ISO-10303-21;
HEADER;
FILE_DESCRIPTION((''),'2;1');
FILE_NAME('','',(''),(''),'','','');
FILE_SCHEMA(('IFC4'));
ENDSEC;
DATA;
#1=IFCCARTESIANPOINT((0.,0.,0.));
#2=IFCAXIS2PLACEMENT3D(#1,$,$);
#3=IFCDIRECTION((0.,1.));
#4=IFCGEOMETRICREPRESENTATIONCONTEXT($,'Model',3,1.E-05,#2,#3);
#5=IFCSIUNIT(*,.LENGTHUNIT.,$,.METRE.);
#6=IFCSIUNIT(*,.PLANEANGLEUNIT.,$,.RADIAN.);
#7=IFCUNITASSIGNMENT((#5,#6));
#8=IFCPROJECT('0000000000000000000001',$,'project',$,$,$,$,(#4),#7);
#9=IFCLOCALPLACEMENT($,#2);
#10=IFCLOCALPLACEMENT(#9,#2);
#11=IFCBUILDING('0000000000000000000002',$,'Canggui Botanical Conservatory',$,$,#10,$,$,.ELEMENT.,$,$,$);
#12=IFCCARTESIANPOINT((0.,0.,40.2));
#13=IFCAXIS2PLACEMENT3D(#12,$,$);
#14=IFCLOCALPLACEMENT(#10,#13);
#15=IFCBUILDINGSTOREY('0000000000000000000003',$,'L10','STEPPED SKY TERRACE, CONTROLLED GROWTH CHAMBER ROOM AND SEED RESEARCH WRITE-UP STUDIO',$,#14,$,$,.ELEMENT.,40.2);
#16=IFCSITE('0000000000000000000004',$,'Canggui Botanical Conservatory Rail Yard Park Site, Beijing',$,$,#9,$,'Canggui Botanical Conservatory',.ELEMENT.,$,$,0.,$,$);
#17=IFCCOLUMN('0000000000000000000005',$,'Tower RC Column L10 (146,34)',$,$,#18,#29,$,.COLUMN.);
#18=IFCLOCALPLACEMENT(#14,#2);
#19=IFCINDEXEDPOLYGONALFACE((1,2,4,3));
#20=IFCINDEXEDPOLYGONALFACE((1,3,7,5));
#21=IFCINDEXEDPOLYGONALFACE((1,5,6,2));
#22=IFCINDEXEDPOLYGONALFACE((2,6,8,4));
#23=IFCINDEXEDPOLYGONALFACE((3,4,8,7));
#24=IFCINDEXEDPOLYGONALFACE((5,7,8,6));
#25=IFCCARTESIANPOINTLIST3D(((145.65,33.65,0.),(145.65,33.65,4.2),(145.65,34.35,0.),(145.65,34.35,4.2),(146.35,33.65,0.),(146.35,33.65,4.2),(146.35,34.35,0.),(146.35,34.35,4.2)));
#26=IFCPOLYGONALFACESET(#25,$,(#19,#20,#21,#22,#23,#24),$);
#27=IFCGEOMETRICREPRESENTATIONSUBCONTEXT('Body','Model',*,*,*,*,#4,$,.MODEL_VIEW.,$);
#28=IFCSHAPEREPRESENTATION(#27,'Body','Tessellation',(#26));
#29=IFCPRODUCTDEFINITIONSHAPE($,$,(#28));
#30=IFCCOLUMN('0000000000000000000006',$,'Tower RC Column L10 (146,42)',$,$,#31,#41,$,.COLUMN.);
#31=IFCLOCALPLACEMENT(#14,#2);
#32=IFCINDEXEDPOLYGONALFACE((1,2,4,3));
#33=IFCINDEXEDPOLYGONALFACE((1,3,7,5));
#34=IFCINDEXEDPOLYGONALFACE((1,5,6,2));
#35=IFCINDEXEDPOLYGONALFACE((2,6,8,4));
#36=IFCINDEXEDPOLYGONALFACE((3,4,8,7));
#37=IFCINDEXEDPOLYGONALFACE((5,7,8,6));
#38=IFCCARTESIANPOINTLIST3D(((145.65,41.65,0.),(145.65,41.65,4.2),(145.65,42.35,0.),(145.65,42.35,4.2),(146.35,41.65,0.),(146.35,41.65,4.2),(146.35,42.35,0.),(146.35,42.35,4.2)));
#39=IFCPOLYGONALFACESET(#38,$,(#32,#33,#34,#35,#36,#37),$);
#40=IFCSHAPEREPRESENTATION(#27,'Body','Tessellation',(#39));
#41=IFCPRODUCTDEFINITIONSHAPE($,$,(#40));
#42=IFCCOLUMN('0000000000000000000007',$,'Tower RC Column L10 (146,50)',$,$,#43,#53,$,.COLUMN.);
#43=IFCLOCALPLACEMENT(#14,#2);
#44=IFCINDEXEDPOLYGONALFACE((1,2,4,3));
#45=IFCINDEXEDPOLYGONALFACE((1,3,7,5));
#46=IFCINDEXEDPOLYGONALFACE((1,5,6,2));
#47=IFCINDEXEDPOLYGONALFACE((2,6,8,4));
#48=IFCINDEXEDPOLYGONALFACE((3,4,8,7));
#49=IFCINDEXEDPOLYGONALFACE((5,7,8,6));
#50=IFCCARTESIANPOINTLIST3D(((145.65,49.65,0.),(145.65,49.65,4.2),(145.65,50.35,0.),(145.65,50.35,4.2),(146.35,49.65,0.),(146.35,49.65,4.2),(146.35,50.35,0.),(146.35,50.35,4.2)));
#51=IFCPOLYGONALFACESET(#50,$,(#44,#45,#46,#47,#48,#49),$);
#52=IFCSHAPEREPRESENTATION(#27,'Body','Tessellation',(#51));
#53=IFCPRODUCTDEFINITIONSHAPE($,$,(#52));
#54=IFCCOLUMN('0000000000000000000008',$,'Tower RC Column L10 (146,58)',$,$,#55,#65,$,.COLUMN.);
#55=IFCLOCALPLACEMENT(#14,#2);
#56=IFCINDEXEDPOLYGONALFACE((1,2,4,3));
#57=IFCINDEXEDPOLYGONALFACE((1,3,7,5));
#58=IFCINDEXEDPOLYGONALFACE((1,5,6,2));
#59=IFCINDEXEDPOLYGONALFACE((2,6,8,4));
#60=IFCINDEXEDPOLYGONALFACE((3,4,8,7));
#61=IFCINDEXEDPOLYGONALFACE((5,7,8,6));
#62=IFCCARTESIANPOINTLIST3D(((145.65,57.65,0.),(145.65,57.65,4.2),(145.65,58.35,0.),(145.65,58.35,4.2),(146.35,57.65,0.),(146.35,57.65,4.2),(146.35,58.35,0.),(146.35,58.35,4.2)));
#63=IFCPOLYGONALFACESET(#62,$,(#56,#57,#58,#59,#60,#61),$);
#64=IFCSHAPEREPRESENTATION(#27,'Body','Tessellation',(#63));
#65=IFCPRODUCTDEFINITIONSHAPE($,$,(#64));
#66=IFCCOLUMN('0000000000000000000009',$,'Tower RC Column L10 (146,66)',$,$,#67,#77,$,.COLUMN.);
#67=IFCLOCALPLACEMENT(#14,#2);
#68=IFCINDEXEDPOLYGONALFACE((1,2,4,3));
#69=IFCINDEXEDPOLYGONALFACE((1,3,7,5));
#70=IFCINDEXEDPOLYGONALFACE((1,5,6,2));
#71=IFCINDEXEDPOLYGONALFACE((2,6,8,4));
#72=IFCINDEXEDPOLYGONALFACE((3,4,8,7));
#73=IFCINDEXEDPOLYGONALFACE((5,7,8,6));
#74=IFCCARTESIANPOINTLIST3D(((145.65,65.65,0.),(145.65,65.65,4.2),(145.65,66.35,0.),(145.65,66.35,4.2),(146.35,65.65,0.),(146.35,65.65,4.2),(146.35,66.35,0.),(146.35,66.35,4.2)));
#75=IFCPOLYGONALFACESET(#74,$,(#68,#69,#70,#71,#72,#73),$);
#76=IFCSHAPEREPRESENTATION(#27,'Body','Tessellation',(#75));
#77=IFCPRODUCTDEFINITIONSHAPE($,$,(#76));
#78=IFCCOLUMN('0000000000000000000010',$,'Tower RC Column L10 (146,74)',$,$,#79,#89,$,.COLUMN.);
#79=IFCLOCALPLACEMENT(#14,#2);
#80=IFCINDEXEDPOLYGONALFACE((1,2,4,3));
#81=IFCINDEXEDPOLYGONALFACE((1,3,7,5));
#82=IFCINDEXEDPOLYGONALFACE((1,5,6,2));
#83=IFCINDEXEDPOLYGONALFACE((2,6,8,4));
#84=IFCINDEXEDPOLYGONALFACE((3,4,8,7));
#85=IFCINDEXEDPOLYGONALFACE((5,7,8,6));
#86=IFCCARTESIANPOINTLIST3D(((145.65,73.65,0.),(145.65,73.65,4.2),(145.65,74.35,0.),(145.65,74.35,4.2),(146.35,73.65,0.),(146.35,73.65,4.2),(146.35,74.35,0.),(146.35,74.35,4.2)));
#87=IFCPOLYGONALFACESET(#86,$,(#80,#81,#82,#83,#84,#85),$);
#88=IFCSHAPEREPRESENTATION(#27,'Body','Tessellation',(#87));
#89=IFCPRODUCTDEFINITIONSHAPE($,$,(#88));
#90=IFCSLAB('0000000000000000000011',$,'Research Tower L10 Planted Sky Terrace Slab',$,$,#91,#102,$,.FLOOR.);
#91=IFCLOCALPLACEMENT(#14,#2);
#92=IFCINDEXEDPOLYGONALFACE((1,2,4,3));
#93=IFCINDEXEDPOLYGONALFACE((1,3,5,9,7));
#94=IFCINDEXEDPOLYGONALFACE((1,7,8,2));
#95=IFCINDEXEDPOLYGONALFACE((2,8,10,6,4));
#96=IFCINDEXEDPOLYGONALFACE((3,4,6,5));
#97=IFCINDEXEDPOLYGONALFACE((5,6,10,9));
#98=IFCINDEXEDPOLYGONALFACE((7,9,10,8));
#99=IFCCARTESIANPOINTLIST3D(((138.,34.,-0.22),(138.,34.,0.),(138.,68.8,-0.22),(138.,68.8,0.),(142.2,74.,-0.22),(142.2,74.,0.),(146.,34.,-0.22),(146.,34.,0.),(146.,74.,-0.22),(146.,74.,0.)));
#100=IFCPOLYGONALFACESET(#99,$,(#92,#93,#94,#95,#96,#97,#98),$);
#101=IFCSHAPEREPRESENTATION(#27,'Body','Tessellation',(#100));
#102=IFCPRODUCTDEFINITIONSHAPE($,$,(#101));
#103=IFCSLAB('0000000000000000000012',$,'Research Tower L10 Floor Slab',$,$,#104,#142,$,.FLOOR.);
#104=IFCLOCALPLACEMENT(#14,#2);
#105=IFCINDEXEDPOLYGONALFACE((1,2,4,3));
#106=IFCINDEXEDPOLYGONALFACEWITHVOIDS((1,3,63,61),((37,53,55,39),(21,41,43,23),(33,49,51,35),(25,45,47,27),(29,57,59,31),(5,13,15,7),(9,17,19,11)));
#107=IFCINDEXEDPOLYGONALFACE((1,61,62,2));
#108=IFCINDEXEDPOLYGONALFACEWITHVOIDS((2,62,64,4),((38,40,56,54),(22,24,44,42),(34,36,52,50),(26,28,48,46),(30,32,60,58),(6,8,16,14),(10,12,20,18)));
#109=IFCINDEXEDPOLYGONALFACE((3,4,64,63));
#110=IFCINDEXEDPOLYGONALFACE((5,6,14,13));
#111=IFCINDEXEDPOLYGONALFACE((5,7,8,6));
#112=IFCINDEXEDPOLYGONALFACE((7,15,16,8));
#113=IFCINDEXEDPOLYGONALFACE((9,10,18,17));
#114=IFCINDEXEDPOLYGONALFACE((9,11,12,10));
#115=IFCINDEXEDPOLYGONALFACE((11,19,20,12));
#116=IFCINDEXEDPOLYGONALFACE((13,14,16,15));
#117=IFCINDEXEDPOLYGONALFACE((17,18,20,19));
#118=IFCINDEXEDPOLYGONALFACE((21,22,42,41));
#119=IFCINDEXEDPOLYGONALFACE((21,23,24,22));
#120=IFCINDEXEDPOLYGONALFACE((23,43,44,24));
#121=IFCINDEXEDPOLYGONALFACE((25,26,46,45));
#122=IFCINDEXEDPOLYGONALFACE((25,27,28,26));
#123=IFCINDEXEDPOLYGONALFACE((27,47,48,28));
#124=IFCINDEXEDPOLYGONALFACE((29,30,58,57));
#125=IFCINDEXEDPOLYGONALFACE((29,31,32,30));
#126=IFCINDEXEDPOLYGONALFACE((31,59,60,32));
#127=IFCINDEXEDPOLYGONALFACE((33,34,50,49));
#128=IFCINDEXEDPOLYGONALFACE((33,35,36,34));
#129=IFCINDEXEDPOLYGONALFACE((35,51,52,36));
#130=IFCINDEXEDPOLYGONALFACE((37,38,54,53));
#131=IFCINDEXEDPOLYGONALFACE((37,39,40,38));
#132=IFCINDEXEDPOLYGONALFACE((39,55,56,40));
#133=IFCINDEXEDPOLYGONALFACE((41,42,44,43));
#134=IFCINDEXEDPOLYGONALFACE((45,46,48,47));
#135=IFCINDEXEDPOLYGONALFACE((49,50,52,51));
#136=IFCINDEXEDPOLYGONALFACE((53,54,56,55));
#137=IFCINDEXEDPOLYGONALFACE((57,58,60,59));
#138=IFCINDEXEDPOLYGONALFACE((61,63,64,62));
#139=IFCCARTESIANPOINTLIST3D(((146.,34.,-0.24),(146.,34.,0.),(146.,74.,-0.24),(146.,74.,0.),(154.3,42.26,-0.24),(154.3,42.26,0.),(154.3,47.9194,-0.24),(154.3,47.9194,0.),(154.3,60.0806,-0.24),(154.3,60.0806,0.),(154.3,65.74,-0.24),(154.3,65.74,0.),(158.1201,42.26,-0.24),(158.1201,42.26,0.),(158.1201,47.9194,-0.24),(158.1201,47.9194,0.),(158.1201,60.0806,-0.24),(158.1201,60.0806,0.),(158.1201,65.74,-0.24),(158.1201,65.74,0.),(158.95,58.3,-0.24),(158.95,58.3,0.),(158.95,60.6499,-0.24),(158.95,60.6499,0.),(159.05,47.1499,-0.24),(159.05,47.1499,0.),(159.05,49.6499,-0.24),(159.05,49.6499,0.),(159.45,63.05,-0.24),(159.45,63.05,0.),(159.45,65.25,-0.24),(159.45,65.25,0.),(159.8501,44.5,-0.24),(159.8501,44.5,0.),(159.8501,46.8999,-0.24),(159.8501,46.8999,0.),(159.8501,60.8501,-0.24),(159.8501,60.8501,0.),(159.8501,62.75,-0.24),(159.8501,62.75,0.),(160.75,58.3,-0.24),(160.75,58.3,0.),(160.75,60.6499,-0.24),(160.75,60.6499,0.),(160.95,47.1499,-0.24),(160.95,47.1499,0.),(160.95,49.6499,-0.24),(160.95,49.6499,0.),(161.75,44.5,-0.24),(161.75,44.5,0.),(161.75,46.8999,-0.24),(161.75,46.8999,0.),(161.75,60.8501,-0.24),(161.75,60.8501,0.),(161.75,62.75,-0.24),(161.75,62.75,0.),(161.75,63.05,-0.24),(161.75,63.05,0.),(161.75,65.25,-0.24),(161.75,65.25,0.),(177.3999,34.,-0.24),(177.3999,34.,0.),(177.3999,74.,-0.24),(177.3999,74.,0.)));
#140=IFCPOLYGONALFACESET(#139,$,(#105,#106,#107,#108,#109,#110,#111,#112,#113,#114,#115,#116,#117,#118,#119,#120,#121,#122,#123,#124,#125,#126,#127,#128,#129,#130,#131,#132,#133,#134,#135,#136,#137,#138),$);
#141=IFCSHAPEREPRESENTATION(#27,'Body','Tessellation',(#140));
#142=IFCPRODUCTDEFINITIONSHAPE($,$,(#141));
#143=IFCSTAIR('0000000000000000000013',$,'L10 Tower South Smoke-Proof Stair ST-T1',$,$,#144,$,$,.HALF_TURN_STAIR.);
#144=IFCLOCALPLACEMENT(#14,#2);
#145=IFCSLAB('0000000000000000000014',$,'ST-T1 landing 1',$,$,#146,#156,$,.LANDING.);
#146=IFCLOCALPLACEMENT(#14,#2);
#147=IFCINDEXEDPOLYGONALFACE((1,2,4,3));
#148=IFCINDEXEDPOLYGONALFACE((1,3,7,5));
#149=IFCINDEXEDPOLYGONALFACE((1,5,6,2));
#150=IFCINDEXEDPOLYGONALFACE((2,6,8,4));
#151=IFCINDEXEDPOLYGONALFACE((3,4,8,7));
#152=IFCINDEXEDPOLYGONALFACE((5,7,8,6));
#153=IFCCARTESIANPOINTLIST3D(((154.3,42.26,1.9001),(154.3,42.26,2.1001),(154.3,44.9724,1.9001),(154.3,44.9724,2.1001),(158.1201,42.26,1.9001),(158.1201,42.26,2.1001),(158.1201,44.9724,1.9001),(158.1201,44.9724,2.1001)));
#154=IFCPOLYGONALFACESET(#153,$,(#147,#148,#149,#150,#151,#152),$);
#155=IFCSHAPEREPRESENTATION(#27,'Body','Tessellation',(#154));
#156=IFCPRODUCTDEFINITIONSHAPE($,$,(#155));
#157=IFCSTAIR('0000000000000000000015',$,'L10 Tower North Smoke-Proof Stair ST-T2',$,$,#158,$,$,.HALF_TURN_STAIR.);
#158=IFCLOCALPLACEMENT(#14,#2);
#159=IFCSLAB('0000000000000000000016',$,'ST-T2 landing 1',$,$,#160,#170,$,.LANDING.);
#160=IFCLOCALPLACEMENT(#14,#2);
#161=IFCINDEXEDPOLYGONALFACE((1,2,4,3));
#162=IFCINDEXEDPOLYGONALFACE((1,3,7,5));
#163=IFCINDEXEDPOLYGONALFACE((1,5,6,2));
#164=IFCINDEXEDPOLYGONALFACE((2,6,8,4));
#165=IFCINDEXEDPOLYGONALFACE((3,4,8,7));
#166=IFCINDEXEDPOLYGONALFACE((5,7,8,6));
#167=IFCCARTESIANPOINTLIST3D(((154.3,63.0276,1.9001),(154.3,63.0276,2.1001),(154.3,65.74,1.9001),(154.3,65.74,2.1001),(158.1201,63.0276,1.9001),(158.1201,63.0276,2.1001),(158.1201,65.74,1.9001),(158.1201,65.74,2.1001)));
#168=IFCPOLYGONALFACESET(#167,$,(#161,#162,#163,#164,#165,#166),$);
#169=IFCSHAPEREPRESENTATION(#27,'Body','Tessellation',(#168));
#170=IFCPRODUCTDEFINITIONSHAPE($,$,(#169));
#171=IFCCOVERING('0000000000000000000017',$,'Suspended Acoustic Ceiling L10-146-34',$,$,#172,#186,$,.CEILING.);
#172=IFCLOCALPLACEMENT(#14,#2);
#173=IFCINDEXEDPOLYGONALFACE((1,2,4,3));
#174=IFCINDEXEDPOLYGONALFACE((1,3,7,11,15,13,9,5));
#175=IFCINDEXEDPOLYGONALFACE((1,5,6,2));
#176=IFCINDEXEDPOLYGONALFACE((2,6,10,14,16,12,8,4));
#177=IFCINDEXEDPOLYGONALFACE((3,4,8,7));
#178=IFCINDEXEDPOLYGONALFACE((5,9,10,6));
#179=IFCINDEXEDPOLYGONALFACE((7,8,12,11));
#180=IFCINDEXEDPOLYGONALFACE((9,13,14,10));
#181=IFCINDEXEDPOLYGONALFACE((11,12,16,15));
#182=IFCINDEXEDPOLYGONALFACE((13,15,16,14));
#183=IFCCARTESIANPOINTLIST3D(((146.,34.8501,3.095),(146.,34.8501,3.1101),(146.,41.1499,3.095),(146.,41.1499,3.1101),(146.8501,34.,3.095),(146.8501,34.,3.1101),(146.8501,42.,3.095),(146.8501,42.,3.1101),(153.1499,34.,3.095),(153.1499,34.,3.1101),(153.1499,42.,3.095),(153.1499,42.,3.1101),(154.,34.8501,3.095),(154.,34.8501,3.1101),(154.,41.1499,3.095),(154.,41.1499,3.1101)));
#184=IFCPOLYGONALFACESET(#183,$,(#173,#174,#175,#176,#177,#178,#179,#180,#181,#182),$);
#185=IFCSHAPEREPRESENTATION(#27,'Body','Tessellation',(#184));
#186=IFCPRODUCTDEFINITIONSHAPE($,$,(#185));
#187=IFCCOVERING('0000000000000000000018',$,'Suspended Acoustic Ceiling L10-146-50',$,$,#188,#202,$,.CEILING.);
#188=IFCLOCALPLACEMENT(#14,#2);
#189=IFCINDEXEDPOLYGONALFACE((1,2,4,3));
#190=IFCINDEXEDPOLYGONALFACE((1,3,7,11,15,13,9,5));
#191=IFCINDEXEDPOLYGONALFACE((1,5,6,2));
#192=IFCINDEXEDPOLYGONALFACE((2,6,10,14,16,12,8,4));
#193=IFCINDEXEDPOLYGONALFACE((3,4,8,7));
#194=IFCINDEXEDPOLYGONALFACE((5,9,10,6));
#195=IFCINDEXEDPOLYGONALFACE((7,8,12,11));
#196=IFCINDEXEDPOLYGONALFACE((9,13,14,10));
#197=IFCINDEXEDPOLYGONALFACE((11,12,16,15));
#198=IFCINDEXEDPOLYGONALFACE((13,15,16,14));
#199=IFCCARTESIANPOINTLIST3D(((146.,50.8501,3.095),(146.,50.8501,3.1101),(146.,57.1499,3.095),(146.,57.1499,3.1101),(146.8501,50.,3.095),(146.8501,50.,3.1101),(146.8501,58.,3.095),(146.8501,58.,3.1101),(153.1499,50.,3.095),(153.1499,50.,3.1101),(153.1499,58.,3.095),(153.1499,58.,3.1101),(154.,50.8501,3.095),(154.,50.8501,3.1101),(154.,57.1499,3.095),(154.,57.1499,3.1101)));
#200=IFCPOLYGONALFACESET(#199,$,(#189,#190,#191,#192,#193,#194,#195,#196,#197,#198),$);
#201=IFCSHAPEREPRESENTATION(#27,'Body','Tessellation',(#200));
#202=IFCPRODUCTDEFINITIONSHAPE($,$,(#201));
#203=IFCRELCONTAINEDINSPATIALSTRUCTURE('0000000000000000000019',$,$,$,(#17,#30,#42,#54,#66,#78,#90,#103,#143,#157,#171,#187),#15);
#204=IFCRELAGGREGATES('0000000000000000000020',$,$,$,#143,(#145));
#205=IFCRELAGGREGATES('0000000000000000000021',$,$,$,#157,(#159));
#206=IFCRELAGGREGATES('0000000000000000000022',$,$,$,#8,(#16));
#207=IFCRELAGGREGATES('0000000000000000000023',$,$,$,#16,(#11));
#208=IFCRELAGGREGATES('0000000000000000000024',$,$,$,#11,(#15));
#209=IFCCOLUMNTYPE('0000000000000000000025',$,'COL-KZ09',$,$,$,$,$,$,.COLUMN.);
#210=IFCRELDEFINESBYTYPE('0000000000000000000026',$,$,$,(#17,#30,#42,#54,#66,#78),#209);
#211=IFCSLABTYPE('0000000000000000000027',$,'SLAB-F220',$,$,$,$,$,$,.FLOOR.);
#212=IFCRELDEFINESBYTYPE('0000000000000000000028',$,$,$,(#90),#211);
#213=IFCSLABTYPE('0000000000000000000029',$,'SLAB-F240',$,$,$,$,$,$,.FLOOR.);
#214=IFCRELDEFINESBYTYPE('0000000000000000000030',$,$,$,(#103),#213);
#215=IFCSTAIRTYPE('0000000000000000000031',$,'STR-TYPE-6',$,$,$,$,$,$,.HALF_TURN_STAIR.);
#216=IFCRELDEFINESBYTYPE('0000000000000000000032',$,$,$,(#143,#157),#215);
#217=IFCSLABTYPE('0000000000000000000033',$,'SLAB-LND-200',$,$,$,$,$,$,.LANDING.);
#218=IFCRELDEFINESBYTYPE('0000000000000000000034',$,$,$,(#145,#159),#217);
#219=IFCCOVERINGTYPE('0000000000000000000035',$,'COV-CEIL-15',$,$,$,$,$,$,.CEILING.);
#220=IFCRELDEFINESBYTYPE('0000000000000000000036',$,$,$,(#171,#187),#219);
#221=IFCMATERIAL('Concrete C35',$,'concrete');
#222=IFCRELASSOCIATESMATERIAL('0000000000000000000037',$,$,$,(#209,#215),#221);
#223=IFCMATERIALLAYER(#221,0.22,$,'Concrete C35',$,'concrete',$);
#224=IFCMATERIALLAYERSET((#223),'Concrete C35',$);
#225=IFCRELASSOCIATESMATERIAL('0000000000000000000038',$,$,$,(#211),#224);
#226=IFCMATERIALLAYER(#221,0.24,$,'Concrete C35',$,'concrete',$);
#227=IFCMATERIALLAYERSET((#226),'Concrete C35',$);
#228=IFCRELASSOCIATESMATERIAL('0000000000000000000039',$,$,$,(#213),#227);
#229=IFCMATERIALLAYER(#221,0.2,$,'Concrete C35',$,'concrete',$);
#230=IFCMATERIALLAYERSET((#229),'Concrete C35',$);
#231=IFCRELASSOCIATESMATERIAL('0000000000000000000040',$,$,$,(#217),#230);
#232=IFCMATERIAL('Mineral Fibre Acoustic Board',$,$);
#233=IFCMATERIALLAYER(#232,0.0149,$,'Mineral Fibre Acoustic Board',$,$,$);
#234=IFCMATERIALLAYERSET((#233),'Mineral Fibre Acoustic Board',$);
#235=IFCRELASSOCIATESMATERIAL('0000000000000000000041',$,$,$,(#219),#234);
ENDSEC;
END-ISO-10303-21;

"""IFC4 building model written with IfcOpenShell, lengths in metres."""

from ifc_helpers import new_model, si_unit, direction, frame, origin, origin_2d, place, context, subcontext, project, spatial, polyline, rectangle, outline, extrude, material, layer, layer_set, material_profile, profile_set, type_object, element, aggregate, save


model = new_model("IFC4")

# Units and contexts
model_context = context("Model", 3, precision=1e-05, world=origin(), true_north=direction((0.0, 1.0)))
body_context = subcontext(model_context, "Body", "Model", "MODEL_VIEW")
ifc_project = project(units=[si_unit("LENGTHUNIT", "METRE"), si_unit("PLANEANGLEUNIT", "RADIAN")], contexts=[model_context])

# Site, building, storey
site_placement = place(None, origin())
site = spatial("IfcSite", under=ifc_project, at=site_placement, Name="Canggui Botanical Conservatory Rail Yard Park Site, Beijing", LongName="Canggui Botanical Conservatory", CompositionType="ELEMENT", RefElevation=0.0)
building_placement = place(site_placement, origin())
building = spatial("IfcBuilding", under=site, at=building_placement, Name="Canggui Botanical Conservatory", CompositionType="ELEMENT")
storey_placement = place(building_placement, frame((0.0, 0.0, 40.2)))
storey = spatial("IfcBuildingStorey", under=building, at=storey_placement, Name="L10", Description="STEPPED SKY TERRACE, CONTROLLED GROWTH CHAMBER ROOM AND SEED RESEARCH WRITE-UP STUDIO", CompositionType="ELEMENT", Elevation=40.2)

# Columns
ifc_material_1 = material(Name="Concrete C35", Category="concrete")
ifc_material_profile = material_profile(ifc_material_1, rectangle(XDim=0.7, YDim=0.7, at=origin_2d()), Name="RC 700x700")
ifc_profile_set = profile_set([ifc_material_profile], Name="Concrete C35")
column_type = type_object("IfcColumnType", Name="COL-KZ09", PredefinedType="COLUMN", material=ifc_profile_set)
for number, where, z_axis, x_axis, name in (
    (1, (146.0, 34.0, 0.0), (0.0, 0.0, 1.0), (1.0, 0.0, 0.0), "Tower RC Column L10 (146,34)"),
    (2, (146.0, 42.0, 0.0), (0.0, 0.0, 1.0), (1.0, 0.0, 0.0), "Tower RC Column L10 (146,42)"),
    (3, (146.0, 50.0, 0.0), (0.0, 0.0, 1.0), (1.0, 0.0, 0.0), "Tower RC Column L10 (146,50)"),
    (4, (146.0, 58.0, 0.0), (0.0, 0.0, 1.0), (1.0, 0.0, 0.0), "Tower RC Column L10 (146,58)"),
    (5, (146.0, 66.0, 0.0), (0.0, 0.0, 1.0), (1.0, 0.0, 0.0), "Tower RC Column L10 (146,66)"),
    (6, (146.0, 74.0, 0.0), (0.0, 0.0, 1.0), (1.0, 0.0, 0.0), "Tower RC Column L10 (146,74)"),
):
    element("IfcColumn", number, at=place(storey_placement, frame(where, z_axis=z_axis, x_axis=x_axis)), inside=storey, type_object=column_type, Name=name, PredefinedType="COLUMN", context=body_context, shape_type="SweptSolid", body=[
        extrude(rectangle(XDim=0.7, YDim=0.7, at=origin_2d()), origin(), (0.0, 0.0, 1.0), 4.2),
    ])

# Slabs
ifc_layer_1 = layer(ifc_material_1, 0.22, Name="Concrete C35", Category="concrete")
ifc_layer_set_1 = layer_set([ifc_layer_1], Name="Concrete C35")
slab_type_1 = type_object("IfcSlabType", Name="SLAB-F220", PredefinedType="FLOOR", material=ifc_layer_set_1)
slab_1_placement = place(storey_placement, frame((0.0, 0.0, -0.22)))
element("IfcSlab", 7, at=slab_1_placement, inside=storey, type_object=slab_type_1, Name="Research Tower L10 Planted Sky Terrace Slab", PredefinedType="FLOOR", context=body_context, shape_type="SweptSolid", body=[
    extrude(outline(polyline([(138.0, 34.0), (146.0, 34.0), (146.0, 74.0), (142.2, 74.0), (138.0, 68.8), (138.0, 34.0)])), origin(), (0.0, 0.0, 1.0), 0.22),
])
ifc_layer_2 = layer(ifc_material_1, 0.24, Name="Concrete C35", Category="concrete")
ifc_layer_set_2 = layer_set([ifc_layer_2], Name="Concrete C35")
slab_type_2 = type_object("IfcSlabType", Name="SLAB-F240", PredefinedType="FLOOR", material=ifc_layer_set_2)
slab_2_placement = place(storey_placement, frame((0.0, 0.0, -0.24)))
element("IfcSlab", 8, at=slab_2_placement, inside=storey, type_object=slab_type_2, Name="Research Tower L10 Floor Slab", PredefinedType="FLOOR", context=body_context, shape_type="SweptSolid", body=[
    extrude(outline(polyline([(146.0, 34.0), (177.3999, 34.0), (177.3999, 74.0), (146.0, 74.0), (146.0, 34.0)]), holes=[polyline([(154.3, 47.9194), (154.3, 42.26), (158.1201, 42.26), (158.1201, 47.9194), (154.3, 47.9194)]), polyline([(158.1201, 60.0806), (158.1201, 65.74), (154.3, 65.74), (154.3, 60.0806), (158.1201, 60.0806)]), polyline([(159.05, 47.1499), (160.95, 47.1499), (160.95, 49.6499), (159.05, 49.6499), (159.05, 47.1499)]), polyline([(159.8501, 44.5), (161.75, 44.5), (161.75, 46.8999), (159.8501, 46.8999), (159.8501, 44.5)]), polyline([(158.95, 58.3), (160.75, 58.3), (160.75, 60.6499), (158.95, 60.6499), (158.95, 58.3)]), polyline([(159.8501, 60.8501), (161.75, 60.8501), (161.75, 62.75), (159.8501, 62.75), (159.8501, 60.8501)]), polyline([(159.45, 63.05), (161.75, 63.05), (161.75, 65.25), (159.45, 65.25), (159.45, 63.05)])]), origin(), (0.0, 0.0, 1.0), 0.24),
])

# Stairs, slabs
stair_type = type_object("IfcStairType", Name="STR-TYPE-6", PredefinedType="HALF_TURN_STAIR", material=ifc_material_1)
stair_1_placement = place(storey_placement, origin())
stair_1 = element("IfcStair", 9, at=stair_1_placement, inside=storey, type_object=stair_type, Name="L10 Tower South Smoke-Proof Stair ST-T1", PredefinedType="HALF_TURN_STAIR")
ifc_layer_3 = layer(ifc_material_1, 0.2, Name="Concrete C35", Category="concrete")
ifc_layer_set_3 = layer_set([ifc_layer_3], Name="Concrete C35")
slab_type_3 = type_object("IfcSlabType", Name="SLAB-LND-200", PredefinedType="LANDING", material=ifc_layer_set_3)
slab_3_placement = place(storey_placement, frame((0.0, 0.0, 1.9001)))
slab_3 = element("IfcSlab", 10, at=slab_3_placement, type_object=slab_type_3, Name="ST-T1 landing 1", PredefinedType="LANDING", context=body_context, shape_type="SweptSolid", body=[
    extrude(outline(polyline([(154.3, 44.9724), (154.3, 42.26), (158.1201, 42.26), (158.1201, 44.9724), (154.3, 44.9724)])), origin(), (0.0, 0.0, 1.0), 0.2),
])
aggregate(stair_1, [slab_3])
stair_2_placement = place(storey_placement, origin())
stair_2 = element("IfcStair", 11, at=stair_2_placement, inside=storey, type_object=stair_type, Name="L10 Tower North Smoke-Proof Stair ST-T2", PredefinedType="HALF_TURN_STAIR")
slab_4_placement = place(storey_placement, frame((0.0, 0.0, 1.9001)))
slab_4 = element("IfcSlab", 12, at=slab_4_placement, type_object=slab_type_3, Name="ST-T2 landing 1", PredefinedType="LANDING", context=body_context, shape_type="SweptSolid", body=[
    extrude(outline(polyline([(158.1201, 63.0276), (158.1201, 65.74), (154.3, 65.74), (154.3, 63.0276), (158.1201, 63.0276)])), origin(), (0.0, 0.0, 1.0), 0.2),
])
aggregate(stair_2, [slab_4])

# Coverings
ifc_material_2 = material(Name="Mineral Fibre Acoustic Board")
ifc_layer_4 = layer(ifc_material_2, 0.0149, Name="Mineral Fibre Acoustic Board")
ifc_layer_set_4 = layer_set([ifc_layer_4], Name="Mineral Fibre Acoustic Board")
covering_type_1 = type_object("IfcCoveringType", Name="COV-CEIL-15", PredefinedType="CEILING", material=ifc_layer_set_4)
covering_1_placement = place(storey_placement, frame((0.0, 0.0, 3.095)))
element("IfcCovering", 13, at=covering_1_placement, inside=storey, type_object=covering_type_1, Name="Suspended Acoustic Ceiling L10-146-34", PredefinedType="CEILING", context=body_context, shape_type="SweptSolid", body=[
    extrude(outline(polyline([(146.8501, 34.0), (153.1499, 34.0), (154.0, 34.8501), (154.0, 41.1499), (153.1499, 42.0), (146.8501, 42.0), (146.0, 41.1499), (146.0, 34.8501), (146.8501, 34.0)])), origin(), (0.0, 0.0, 1.0), 0.0151),
])
covering_2_placement = place(storey_placement, frame((0.0, 0.0, 3.095)))
element("IfcCovering", 14, at=covering_2_placement, inside=storey, type_object=covering_type_1, Name="Suspended Acoustic Ceiling L10-146-50", PredefinedType="CEILING", context=body_context, shape_type="SweptSolid", body=[
    extrude(outline(polyline([(146.8501, 50.0), (153.1499, 50.0), (154.0, 50.8501), (154.0, 57.1499), (153.1499, 58.0), (146.8501, 58.0), (146.0, 57.1499), (146.0, 50.8501), (146.8501, 50.0)])), origin(), (0.0, 0.0, 1.0), 0.0151),
])

save(model, "model.ifc")
